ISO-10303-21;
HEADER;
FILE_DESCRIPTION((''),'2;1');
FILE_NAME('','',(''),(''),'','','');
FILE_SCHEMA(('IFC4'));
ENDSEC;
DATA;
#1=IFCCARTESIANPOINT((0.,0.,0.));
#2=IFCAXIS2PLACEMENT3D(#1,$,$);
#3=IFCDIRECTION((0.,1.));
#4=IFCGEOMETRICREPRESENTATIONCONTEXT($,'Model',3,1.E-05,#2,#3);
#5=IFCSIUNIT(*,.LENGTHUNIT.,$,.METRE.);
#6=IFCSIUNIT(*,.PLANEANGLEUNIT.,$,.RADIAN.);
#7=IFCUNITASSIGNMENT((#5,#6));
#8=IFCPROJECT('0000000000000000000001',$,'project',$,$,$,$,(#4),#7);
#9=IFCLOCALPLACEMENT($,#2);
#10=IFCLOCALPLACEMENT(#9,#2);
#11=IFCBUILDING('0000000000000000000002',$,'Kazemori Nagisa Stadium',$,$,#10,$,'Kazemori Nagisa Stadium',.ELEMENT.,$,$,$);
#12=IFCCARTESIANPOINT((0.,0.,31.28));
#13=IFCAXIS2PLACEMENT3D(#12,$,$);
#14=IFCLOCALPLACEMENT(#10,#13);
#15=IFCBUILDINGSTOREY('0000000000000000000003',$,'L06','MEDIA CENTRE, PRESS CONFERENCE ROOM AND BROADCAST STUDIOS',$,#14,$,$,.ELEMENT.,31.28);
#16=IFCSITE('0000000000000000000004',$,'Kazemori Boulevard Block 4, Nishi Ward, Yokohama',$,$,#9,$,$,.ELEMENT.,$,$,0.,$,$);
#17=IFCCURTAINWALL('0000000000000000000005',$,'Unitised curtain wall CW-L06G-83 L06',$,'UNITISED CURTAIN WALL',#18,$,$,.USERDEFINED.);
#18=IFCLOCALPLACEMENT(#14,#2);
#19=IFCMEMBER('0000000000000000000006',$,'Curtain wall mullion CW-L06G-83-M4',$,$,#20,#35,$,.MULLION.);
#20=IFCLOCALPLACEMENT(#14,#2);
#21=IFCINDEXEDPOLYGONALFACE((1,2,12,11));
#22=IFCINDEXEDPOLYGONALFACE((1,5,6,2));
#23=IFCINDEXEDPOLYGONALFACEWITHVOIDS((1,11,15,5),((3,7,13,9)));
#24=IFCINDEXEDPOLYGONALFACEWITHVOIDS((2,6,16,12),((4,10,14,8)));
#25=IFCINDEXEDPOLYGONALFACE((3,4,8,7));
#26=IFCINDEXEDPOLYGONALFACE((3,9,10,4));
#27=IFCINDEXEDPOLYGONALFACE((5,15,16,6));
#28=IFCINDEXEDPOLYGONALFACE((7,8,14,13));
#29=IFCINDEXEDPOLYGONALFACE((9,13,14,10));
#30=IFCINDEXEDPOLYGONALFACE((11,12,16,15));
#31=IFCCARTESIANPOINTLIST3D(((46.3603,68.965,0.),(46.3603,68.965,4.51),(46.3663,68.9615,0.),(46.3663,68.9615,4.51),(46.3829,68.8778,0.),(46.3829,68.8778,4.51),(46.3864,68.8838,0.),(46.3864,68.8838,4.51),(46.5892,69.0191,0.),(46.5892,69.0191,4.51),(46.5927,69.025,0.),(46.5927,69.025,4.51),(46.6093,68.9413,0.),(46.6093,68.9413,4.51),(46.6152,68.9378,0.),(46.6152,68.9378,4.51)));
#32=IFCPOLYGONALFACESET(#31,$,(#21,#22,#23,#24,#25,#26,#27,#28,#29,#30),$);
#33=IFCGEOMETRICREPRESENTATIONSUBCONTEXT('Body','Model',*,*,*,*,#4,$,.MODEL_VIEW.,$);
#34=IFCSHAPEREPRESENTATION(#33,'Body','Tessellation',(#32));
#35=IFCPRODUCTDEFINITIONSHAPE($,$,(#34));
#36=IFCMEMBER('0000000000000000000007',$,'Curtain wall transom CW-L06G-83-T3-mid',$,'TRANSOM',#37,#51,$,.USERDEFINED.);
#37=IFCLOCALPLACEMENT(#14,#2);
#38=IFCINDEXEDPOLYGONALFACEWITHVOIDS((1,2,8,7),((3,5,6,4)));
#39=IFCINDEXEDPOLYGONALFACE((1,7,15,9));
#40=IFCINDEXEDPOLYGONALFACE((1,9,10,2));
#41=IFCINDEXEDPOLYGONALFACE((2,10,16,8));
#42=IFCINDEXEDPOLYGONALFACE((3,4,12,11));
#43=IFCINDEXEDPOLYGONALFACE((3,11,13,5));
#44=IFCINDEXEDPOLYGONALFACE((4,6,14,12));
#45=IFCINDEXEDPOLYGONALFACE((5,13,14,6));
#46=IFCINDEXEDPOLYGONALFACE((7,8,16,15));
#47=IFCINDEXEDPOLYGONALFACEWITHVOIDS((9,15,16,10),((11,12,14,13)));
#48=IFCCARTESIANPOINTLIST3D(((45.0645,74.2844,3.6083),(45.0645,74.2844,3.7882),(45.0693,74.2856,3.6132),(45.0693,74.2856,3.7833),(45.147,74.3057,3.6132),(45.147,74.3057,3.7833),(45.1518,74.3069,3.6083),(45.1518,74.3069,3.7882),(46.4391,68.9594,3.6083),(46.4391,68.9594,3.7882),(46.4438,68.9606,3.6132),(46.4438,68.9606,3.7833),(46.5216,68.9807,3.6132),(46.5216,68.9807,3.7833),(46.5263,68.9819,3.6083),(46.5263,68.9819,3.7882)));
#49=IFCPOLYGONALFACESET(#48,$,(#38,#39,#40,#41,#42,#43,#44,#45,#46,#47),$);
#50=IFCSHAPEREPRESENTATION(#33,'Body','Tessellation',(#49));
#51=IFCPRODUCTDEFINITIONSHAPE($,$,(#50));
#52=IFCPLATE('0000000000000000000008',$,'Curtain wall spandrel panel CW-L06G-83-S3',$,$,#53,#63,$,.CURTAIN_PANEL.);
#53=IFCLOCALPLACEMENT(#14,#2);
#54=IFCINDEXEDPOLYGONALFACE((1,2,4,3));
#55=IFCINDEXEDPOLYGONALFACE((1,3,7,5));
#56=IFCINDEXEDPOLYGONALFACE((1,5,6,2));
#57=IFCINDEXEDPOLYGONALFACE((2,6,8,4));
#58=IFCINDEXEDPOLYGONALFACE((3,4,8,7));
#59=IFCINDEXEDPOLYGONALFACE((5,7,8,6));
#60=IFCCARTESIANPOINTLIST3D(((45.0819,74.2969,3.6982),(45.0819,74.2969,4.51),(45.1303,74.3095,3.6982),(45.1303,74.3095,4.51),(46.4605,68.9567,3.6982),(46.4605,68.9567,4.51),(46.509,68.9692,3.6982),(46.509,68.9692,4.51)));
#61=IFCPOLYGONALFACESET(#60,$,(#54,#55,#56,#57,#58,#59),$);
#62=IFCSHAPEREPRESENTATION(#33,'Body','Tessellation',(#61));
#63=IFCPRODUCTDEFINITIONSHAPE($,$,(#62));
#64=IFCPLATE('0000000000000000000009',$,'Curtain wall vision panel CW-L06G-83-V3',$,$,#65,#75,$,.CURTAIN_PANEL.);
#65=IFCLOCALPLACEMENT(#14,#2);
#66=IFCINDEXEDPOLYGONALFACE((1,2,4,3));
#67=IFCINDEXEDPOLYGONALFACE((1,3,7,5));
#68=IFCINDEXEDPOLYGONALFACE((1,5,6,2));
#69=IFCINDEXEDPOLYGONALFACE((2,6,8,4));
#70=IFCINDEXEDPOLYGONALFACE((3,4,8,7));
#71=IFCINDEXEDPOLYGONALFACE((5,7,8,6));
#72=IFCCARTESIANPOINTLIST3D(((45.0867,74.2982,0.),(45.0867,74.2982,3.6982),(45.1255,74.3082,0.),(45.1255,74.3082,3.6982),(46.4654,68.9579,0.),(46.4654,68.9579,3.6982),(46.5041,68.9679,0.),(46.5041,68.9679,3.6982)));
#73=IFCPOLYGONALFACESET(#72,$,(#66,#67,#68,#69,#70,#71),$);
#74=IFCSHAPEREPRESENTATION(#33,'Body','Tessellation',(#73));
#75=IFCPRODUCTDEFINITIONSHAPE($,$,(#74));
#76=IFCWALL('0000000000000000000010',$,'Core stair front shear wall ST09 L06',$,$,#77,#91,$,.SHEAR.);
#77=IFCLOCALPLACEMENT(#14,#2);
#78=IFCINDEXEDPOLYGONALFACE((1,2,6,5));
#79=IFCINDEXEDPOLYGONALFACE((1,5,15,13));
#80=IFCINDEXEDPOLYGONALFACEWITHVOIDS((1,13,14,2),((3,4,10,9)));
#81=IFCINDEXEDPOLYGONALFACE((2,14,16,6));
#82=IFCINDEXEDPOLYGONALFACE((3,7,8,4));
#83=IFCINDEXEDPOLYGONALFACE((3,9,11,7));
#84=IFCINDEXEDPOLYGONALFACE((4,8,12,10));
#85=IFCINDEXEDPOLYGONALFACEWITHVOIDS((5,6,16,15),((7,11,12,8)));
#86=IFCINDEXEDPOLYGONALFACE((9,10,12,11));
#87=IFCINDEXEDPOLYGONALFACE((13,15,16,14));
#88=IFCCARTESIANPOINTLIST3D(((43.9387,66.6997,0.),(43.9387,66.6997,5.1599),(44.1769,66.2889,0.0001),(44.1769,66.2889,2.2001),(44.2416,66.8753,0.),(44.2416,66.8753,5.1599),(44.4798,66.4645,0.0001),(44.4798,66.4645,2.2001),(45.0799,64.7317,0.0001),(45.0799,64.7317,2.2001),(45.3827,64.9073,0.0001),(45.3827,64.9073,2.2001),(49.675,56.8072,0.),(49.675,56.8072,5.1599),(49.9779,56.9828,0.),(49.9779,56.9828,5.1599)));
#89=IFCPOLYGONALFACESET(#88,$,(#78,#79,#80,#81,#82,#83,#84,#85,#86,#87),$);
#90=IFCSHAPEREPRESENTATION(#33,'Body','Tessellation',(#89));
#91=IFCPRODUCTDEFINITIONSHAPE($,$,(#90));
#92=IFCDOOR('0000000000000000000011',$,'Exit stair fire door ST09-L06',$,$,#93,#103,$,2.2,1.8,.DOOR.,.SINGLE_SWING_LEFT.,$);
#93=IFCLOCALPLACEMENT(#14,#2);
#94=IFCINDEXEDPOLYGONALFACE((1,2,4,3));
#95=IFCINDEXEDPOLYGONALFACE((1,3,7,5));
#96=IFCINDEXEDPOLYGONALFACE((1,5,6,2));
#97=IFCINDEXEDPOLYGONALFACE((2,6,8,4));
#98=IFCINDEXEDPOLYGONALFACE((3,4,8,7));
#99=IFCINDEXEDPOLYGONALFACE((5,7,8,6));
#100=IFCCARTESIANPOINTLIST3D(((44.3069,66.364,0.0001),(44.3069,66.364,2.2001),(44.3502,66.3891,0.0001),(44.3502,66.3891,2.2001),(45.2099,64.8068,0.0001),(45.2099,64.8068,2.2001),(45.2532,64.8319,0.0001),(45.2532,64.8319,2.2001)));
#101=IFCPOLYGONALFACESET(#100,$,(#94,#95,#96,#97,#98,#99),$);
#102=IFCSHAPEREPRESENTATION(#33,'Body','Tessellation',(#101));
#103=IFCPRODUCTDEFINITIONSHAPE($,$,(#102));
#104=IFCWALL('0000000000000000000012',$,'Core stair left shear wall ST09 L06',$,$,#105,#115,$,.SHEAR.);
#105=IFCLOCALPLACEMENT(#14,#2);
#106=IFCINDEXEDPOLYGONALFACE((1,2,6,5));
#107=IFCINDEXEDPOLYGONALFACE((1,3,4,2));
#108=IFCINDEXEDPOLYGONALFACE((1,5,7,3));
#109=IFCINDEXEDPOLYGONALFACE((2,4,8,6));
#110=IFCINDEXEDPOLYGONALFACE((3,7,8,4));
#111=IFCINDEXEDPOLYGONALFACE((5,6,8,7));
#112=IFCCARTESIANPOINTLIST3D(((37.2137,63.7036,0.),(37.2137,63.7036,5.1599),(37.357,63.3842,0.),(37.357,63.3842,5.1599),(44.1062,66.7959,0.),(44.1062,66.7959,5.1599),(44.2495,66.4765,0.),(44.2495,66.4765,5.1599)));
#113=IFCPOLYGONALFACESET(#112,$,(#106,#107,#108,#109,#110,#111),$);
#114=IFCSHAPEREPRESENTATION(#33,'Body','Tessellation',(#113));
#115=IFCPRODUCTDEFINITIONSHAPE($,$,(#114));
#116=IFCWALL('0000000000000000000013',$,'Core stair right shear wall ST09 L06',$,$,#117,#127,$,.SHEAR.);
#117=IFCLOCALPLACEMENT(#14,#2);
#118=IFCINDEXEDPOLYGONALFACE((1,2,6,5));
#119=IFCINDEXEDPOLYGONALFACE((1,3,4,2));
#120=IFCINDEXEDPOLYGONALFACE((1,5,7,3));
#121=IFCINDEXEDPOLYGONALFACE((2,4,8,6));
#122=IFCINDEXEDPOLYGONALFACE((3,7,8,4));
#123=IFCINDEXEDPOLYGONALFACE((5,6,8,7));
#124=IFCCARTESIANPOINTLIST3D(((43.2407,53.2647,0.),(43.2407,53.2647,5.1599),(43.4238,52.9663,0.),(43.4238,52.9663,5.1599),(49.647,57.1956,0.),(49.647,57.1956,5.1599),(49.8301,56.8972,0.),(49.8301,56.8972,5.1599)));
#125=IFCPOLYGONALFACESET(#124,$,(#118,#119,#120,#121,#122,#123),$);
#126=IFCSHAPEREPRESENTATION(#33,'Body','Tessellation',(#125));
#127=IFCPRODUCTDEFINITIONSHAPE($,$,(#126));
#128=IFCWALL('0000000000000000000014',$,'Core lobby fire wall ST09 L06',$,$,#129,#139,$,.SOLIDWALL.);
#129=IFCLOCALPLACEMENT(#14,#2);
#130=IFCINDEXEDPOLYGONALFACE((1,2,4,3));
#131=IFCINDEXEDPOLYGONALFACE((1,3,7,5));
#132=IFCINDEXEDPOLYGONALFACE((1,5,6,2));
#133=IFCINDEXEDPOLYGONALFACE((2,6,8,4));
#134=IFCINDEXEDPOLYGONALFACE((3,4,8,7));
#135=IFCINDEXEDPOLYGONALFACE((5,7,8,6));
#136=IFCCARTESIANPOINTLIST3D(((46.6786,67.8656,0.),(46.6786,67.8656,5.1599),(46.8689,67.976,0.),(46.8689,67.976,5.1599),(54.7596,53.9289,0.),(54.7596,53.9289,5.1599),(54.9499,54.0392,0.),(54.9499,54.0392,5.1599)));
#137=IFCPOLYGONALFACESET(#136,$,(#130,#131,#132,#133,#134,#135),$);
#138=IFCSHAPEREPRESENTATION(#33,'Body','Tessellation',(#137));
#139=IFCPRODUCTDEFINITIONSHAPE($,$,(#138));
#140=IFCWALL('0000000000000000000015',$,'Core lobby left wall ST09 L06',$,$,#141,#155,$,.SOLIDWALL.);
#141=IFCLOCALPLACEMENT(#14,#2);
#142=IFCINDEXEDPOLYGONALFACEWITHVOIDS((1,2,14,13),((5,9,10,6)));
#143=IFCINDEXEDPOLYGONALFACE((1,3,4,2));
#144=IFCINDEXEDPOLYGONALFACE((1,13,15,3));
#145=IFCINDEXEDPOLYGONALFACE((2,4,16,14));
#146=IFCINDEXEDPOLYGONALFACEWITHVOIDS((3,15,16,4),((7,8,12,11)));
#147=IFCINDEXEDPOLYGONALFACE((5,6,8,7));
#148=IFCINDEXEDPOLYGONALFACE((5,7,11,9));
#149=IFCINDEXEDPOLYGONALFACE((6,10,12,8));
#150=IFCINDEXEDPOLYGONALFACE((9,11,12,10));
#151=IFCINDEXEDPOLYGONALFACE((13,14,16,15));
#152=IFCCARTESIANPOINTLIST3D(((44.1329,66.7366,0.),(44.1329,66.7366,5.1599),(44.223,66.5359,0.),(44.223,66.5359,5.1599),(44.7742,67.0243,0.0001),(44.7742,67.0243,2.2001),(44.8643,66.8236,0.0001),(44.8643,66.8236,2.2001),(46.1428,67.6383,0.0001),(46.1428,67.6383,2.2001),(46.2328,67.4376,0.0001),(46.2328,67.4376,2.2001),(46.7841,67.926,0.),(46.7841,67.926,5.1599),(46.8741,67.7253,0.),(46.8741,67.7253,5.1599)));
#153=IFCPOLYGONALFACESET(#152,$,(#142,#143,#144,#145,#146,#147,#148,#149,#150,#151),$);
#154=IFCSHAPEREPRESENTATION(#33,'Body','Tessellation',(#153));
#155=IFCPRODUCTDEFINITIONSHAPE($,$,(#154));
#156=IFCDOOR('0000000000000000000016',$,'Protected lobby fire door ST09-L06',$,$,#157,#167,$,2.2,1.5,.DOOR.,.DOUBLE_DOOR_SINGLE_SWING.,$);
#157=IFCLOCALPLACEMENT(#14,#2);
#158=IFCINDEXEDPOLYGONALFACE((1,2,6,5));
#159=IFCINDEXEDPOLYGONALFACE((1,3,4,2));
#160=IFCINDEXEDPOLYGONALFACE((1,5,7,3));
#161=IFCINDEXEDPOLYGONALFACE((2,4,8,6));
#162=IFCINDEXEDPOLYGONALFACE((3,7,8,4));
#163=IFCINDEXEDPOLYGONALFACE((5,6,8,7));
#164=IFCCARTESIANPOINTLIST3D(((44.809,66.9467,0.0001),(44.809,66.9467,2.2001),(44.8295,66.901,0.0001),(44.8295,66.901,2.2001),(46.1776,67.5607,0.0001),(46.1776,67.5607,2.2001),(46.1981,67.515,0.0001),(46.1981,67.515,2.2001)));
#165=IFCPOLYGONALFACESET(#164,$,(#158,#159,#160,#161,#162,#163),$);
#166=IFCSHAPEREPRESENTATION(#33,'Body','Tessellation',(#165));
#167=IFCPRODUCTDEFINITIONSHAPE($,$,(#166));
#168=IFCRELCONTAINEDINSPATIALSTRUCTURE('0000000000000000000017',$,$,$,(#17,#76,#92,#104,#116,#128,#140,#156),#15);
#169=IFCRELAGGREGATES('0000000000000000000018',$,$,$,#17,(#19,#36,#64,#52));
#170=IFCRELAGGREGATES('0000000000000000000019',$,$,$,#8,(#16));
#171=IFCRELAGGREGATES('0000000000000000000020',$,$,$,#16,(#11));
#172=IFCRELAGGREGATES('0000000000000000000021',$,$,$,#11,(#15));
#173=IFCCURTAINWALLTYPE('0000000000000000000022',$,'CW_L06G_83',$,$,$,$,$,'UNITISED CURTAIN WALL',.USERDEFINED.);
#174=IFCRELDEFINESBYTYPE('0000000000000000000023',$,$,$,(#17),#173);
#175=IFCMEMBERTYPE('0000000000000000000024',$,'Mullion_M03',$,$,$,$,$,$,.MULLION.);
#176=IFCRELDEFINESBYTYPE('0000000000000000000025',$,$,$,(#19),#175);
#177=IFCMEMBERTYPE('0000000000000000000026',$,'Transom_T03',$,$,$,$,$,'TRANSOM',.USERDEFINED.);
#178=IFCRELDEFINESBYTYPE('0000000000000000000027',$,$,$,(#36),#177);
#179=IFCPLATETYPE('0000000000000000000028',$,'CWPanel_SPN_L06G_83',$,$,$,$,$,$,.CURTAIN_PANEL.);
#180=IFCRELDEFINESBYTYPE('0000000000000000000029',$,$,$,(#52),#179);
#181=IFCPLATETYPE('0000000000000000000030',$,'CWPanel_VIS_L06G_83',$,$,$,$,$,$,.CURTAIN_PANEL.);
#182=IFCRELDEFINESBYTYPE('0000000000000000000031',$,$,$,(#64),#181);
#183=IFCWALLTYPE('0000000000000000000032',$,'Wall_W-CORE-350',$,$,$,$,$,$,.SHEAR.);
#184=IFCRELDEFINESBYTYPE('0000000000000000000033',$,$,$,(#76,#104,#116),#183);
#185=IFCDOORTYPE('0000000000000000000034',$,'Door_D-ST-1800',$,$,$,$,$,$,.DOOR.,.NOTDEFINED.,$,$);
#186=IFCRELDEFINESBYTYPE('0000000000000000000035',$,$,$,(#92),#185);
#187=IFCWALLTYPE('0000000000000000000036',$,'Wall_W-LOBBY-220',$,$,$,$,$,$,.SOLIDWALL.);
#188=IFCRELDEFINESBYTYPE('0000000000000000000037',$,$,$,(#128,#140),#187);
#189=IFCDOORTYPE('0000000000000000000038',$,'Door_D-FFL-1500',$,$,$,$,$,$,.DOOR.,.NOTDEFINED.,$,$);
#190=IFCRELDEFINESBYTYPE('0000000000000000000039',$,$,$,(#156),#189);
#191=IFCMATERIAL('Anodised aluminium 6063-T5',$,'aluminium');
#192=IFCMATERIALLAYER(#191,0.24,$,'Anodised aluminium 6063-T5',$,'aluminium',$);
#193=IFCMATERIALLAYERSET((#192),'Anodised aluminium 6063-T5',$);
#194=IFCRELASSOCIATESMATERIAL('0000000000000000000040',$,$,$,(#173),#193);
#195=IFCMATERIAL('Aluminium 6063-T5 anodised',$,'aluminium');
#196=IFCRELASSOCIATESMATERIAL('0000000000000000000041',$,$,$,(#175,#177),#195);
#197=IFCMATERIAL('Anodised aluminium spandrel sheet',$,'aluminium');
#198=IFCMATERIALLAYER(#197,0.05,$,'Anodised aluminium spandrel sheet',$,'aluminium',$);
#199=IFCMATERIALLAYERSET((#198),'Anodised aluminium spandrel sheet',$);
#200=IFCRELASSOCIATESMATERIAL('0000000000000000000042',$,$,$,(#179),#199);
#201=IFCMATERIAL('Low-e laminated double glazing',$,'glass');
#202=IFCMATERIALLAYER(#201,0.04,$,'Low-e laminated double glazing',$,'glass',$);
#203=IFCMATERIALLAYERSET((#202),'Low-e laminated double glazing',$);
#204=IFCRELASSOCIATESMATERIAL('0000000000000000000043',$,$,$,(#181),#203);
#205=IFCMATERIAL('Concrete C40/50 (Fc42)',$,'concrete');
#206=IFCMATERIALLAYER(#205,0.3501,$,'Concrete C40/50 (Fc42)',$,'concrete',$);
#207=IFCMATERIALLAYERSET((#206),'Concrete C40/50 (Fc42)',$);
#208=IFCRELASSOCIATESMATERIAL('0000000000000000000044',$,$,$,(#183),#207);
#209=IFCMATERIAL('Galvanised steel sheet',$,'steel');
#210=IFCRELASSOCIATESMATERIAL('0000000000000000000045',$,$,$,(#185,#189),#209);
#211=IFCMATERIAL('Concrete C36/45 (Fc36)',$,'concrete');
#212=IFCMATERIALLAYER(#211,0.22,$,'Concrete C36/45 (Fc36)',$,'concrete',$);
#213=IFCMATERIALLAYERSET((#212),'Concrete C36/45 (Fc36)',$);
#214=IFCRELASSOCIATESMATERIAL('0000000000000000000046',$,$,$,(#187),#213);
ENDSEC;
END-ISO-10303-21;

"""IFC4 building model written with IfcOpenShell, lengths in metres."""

from ifc_helpers import new_model, si_unit, direction, frame, frame_2d, origin, origin_2d, place, context, subcontext, project, spatial, rectangle, hollow_rectangle, extrude, material, layer, layer_set, material_profile, profile_set, type_object, element, fill, aggregate, save


model = new_model("IFC4")

# Units and contexts
model_context = context("Model", 3, precision=1e-05, world=origin(), true_north=direction((0.0, 1.0)))
body_context = subcontext(model_context, "Body", "Model", "MODEL_VIEW")
ifc_project = project(units=[si_unit("LENGTHUNIT", "METRE"), si_unit("PLANEANGLEUNIT", "RADIAN")], contexts=[model_context])

# Site, building, storey
site_placement = place(None, origin())
site = spatial("IfcSite", under=ifc_project, at=site_placement, Name="Kazemori Boulevard Block 4, Nishi Ward, Yokohama", CompositionType="ELEMENT", RefElevation=0.0)
building_placement = place(site_placement, origin())
building = spatial("IfcBuilding", under=site, at=building_placement, Name="Kazemori Nagisa Stadium", LongName="Kazemori Nagisa Stadium", CompositionType="ELEMENT")
storey_placement = place(building_placement, frame((0.0, 0.0, 31.28)))
storey = spatial("IfcBuildingStorey", under=building, at=storey_placement, Name="L06", Description="MEDIA CENTRE, PRESS CONFERENCE ROOM AND BROADCAST STUDIOS", CompositionType="ELEMENT", Elevation=31.28)

# Curtain wall, members, plates
ifc_material_1 = material(Name="Anodised aluminium 6063-T5", Category="aluminium")
ifc_layer_1 = layer(ifc_material_1, 0.24, Name="Anodised aluminium 6063-T5", Category="aluminium")
ifc_layer_set_1 = layer_set([ifc_layer_1], Name="Anodised aluminium 6063-T5")
curtain_wall_type = type_object("IfcCurtainWallType", Name="CW_L06G_83", ElementType="UNITISED CURTAIN WALL", PredefinedType="USERDEFINED", material=ifc_layer_set_1)
curtain_wall_placement = place(storey_placement, origin())
curtain_wall = element("IfcCurtainWall", 1, at=curtain_wall_placement, inside=storey, type_object=curtain_wall_type, Name="Unitised curtain wall CW-L06G-83 L06", ObjectType="UNITISED CURTAIN WALL", PredefinedType="USERDEFINED")
ifc_material_2 = material(Name="Aluminium 6063-T5 anodised", Category="aluminium")
ifc_material_profile_1 = material_profile(ifc_material_2, hollow_rectangle(XDim=0.0901, YDim=0.24, WallThickness=0.0049, at=origin_2d()), Name="ALU-MULL-90x240x5")
ifc_profile_set_1 = profile_set([ifc_material_profile_1], Name="Aluminium 6063-T5 anodised")
member_type_1 = type_object("IfcMemberType", Name="Mullion_M03", PredefinedType="MULLION", material=ifc_profile_set_1)
member_1_placement = place(storey_placement, frame((46.4878, 68.9514, 0.0), z_axis=(0.0, 0.0, 1.0), x_axis=(0.249965, -0.968255, 0.0)))
member_1 = element("IfcMember", 2, at=member_1_placement, type_object=member_type_1, Name="Curtain wall mullion CW-L06G-83-M4", PredefinedType="MULLION", context=body_context, shape_type="SweptSolid", body=[
    extrude(hollow_rectangle(XDim=0.0901, YDim=0.24, WallThickness=0.0049, at=origin_2d()), origin(), (0.0, 0.0, 1.0), 4.51),
])
ifc_material_profile_2 = material_profile(ifc_material_2, hollow_rectangle(XDim=0.0901, YDim=0.1799, WallThickness=0.0049, at=origin_2d()), Name="ALU-TRAN-90x180x5")
ifc_profile_set_2 = profile_set([ifc_material_profile_2], Name="Aluminium 6063-T5 anodised")
member_type_2 = type_object("IfcMemberType", Name="Transom_T03", ElementType="TRANSOM", PredefinedType="USERDEFINED", material=ifc_profile_set_2)
member_2_placement = place(storey_placement, frame((45.1082, 74.2957, 3.6982), z_axis=(0.249934, -0.968263, 0.0), x_axis=(0.968263, 0.249934, 0.0)))
member_2 = element("IfcMember", 3, at=member_2_placement, type_object=member_type_2, Name="Curtain wall transom CW-L06G-83-T3-mid", ObjectType="TRANSOM", PredefinedType="USERDEFINED", context=body_context, shape_type="SweptSolid", body=[
    extrude(hollow_rectangle(XDim=0.0901, YDim=0.1799, WallThickness=0.0049, at=origin_2d()), origin(), (0.0, 0.0, 1.0), 5.4995),
])
ifc_material_3 = material(Name="Anodised aluminium spandrel sheet", Category="aluminium")
ifc_layer_2 = layer(ifc_material_3, 0.05, Name="Anodised aluminium spandrel sheet", Category="aluminium")
ifc_layer_set_2 = layer_set([ifc_layer_2], Name="Anodised aluminium spandrel sheet")
plate_type_1 = type_object("IfcPlateType", Name="CWPanel_SPN_L06G_83", PredefinedType="CURTAIN_PANEL", material=ifc_layer_set_2)
plate_1_placement = place(storey_placement, frame((45.7954, 71.6331, 3.6982), z_axis=(0.0, 0.0, 1.0), x_axis=(0.249965, -0.968255, 0.0)))
plate_1 = element("IfcPlate", 4, at=plate_1_placement, type_object=plate_type_1, Name="Curtain wall spandrel panel CW-L06G-83-S3", PredefinedType="CURTAIN_PANEL", context=body_context, shape_type="SweptSolid", body=[
    extrude(rectangle(XDim=5.5154, YDim=0.05, at=origin_2d()), origin(), (0.0, 0.0, 1.0), 0.8118),
])
ifc_material_4 = material(Name="Low-e laminated double glazing", Category="glass")
ifc_layer_3 = layer(ifc_material_4, 0.04, Name="Low-e laminated double glazing", Category="glass")
ifc_layer_set_3 = layer_set([ifc_layer_3], Name="Low-e laminated double glazing")
plate_type_2 = type_object("IfcPlateType", Name="CWPanel_VIS_L06G_83", PredefinedType="CURTAIN_PANEL", material=ifc_layer_set_3)
plate_2_placement = place(storey_placement, frame((45.7954, 71.6331, 0.0), z_axis=(0.0, 0.0, 1.0), x_axis=(0.249965, -0.968255, 0.0)))
plate_2 = element("IfcPlate", 5, at=plate_2_placement, type_object=plate_type_2, Name="Curtain wall vision panel CW-L06G-83-V3", PredefinedType="CURTAIN_PANEL", context=body_context, shape_type="SweptSolid", body=[
    extrude(rectangle(XDim=5.5154, YDim=0.04, at=origin_2d()), origin(), (0.0, 0.0, 1.0), 3.6982),
])
aggregate(curtain_wall, [member_1, member_2, plate_2, plate_1])

# Wall, opening, door
ifc_material_5 = material(Name="Concrete C40/50 (Fc42)", Category="concrete")
ifc_layer_4 = layer(ifc_material_5, 0.3501, Name="Concrete C40/50 (Fc42)", Category="concrete")
ifc_layer_set_4 = layer_set([ifc_layer_4], Name="Concrete C40/50 (Fc42)")
wall_type_1 = type_object("IfcWallType", Name="Wall_W-CORE-350", PredefinedType="SHEAR", material=ifc_layer_set_4)
wall_1_placement = place(storey_placement, frame((44.0901, 66.7876, 0.0), z_axis=(0.0, 0.0, 1.0), x_axis=(0.501629, -0.865083, 0.0)))
wall_1 = element("IfcWall", 6, at=wall_1_placement, inside=storey, type_object=wall_type_1, Name="Core stair front shear wall ST09 L06", PredefinedType="SHEAR", context=body_context, shape_type="SweptSolid", body=[
    extrude(rectangle(XDim=11.4353, YDim=0.3501, at=frame_2d((5.7178, 0.0))), origin(), (0.0, 0.0, 1.0), 5.1599),
])
opening_1_placement = place(wall_1_placement, frame((0.4751, 0.0, 0.0)))
opening_1 = element("IfcOpeningElement", 7, at=opening_1_placement, cuts=wall_1, PredefinedType="OPENING", context=body_context, shape_type="SweptSolid", body=[
    extrude(rectangle(XDim=1.8, YDim=2.2, at=frame_2d((0.8999, 1.1001))), frame((0.0, 0.1851, 0.0), z_axis=(0.0, -1.0, 0.0), x_axis=(1.0, 0.0, 0.0)), (0.0, 0.0, 1.0), 0.3701),
])
ifc_material_6 = material(Name="Galvanised steel sheet", Category="steel")
door_type_1 = type_object("IfcDoorType", Name="Door_D-ST-1800", OperationType="NOTDEFINED", PredefinedType="DOOR", material=ifc_material_6)
door_1_placement = place(opening_1_placement, frame((1.8, 0.0, 0.0), z_axis=(0.0, 0.0, 1.0), x_axis=(-1.0, 0.0, 0.0)))
door_1 = element("IfcDoor", 8, at=door_1_placement, inside=storey, type_object=door_type_1, Name="Exit stair fire door ST09-L06", OperationType="SINGLE_SWING_LEFT", OverallHeight=2.2, OverallWidth=1.8, PredefinedType="DOOR", context=body_context, shape_type="SweptSolid", body=[
    extrude(rectangle(XDim=1.8, YDim=2.2, at=frame_2d((0.8999, 1.1001))), frame((0.0, 0.0249, 0.0), z_axis=(0.0, -1.0, 0.0), x_axis=(1.0, 0.0, 0.0)), (0.0, 0.0, 1.0), 0.05),
])
fill(opening_1, door_1)

# Walls
wall_2_placement = place(storey_placement, frame((44.178, 66.6362, 0.0), z_axis=(0.0, 0.0, 1.0), x_axis=(-0.912385, -0.409332, 0.0)))
element("IfcWall", 9, at=wall_2_placement, inside=storey, type_object=wall_type_1, Name="Core stair left shear wall ST09 L06", PredefinedType="SHEAR", context=body_context, shape_type="SweptSolid", body=[
    extrude(rectangle(XDim=7.5544, YDim=0.3501, at=frame_2d((3.7773, 0.0))), origin(), (0.0, 0.0, 1.0), 5.1599),
])
wall_3_placement = place(storey_placement, frame((49.7385, 57.0464, 0.0), z_axis=(0.0, 0.0, 1.0), x_axis=(-0.852335, -0.522997, 0.0)))
element("IfcWall", 10, at=wall_3_placement, inside=storey, type_object=wall_type_1, Name="Core stair right shear wall ST09 L06", PredefinedType="SHEAR", context=body_context, shape_type="SweptSolid", body=[
    extrude(rectangle(XDim=7.5161, YDim=0.3501, at=frame_2d((3.7581, 0.0))), origin(), (0.0, 0.0, 1.0), 5.1599),
])
ifc_material_7 = material(Name="Concrete C36/45 (Fc36)", Category="concrete")
ifc_layer_5 = layer(ifc_material_7, 0.22, Name="Concrete C36/45 (Fc36)", Category="concrete")
ifc_layer_set_5 = layer_set([ifc_layer_5], Name="Concrete C36/45 (Fc36)")
wall_type_2 = type_object("IfcWallType", Name="Wall_W-LOBBY-220", PredefinedType="SOLIDWALL", material=ifc_layer_set_5)
wall_4_placement = place(storey_placement, frame((46.7737, 67.9209, 0.0), z_axis=(0.0, 0.0, 1.0), x_axis=(0.501613, -0.865092, 0.0)))
element("IfcWall", 11, at=wall_4_placement, inside=storey, type_object=wall_type_2, Name="Core lobby fire wall ST09 L06", PredefinedType="SOLIDWALL", context=body_context, shape_type="SweptSolid", body=[
    extrude(rectangle(XDim=16.1101, YDim=0.22, at=frame_2d((8.0552, 0.0))), origin(), (0.0, 0.0, 1.0), 5.1599),
])

# Wall, opening, door
wall_5_placement = place(storey_placement, frame((46.8291, 67.8257, 0.0), z_axis=(0.0, 0.0, 1.0), x_axis=(-0.912378, -0.409348, 0.0)))
wall_5 = element("IfcWall", 12, at=wall_5_placement, inside=storey, type_object=wall_type_2, Name="Core lobby left wall ST09 L06", PredefinedType="SOLIDWALL", context=body_context, shape_type="SweptSolid", body=[
    extrude(rectangle(XDim=2.9058, YDim=0.22, at=frame_2d((1.4529, 0.0))), origin(), (0.0, 0.0, 1.0), 5.1599),
])
opening_2_placement = place(wall_5_placement, frame((0.7029, 0.0, 0.0)))
opening_2 = element("IfcOpeningElement", 13, at=opening_2_placement, cuts=wall_5, PredefinedType="OPENING", context=body_context, shape_type="SweptSolid", body=[
    extrude(rectangle(XDim=1.5, YDim=2.2, at=frame_2d((0.75, 1.1001))), frame((0.0, 0.1199, 0.0), z_axis=(0.0, -1.0, 0.0), x_axis=(1.0, 0.0, 0.0)), (0.0, 0.0, 1.0), 0.24),
])
door_type_2 = type_object("IfcDoorType", Name="Door_D-FFL-1500", OperationType="NOTDEFINED", PredefinedType="DOOR", material=ifc_material_6)
door_2_placement = place(opening_2_placement, frame((1.5, 0.0, 0.0), z_axis=(0.0, 0.0, 1.0), x_axis=(-1.0, 0.0, 0.0)))
door_2 = element("IfcDoor", 14, at=door_2_placement, inside=storey, type_object=door_type_2, Name="Protected lobby fire door ST09-L06", OperationType="DOUBLE_DOOR_SINGLE_SWING", OverallHeight=2.2, OverallWidth=1.5, PredefinedType="DOOR", context=body_context, shape_type="SweptSolid", body=[
    extrude(rectangle(XDim=1.5, YDim=2.2, at=frame_2d((0.75, 1.1001))), frame((0.0, 0.0249, 0.0), z_axis=(0.0, -1.0, 0.0), x_axis=(1.0, 0.0, 0.0)), (0.0, 0.0, 1.0), 0.05),
])
fill(opening_2, door_2)

save(model, "model.ifc")
